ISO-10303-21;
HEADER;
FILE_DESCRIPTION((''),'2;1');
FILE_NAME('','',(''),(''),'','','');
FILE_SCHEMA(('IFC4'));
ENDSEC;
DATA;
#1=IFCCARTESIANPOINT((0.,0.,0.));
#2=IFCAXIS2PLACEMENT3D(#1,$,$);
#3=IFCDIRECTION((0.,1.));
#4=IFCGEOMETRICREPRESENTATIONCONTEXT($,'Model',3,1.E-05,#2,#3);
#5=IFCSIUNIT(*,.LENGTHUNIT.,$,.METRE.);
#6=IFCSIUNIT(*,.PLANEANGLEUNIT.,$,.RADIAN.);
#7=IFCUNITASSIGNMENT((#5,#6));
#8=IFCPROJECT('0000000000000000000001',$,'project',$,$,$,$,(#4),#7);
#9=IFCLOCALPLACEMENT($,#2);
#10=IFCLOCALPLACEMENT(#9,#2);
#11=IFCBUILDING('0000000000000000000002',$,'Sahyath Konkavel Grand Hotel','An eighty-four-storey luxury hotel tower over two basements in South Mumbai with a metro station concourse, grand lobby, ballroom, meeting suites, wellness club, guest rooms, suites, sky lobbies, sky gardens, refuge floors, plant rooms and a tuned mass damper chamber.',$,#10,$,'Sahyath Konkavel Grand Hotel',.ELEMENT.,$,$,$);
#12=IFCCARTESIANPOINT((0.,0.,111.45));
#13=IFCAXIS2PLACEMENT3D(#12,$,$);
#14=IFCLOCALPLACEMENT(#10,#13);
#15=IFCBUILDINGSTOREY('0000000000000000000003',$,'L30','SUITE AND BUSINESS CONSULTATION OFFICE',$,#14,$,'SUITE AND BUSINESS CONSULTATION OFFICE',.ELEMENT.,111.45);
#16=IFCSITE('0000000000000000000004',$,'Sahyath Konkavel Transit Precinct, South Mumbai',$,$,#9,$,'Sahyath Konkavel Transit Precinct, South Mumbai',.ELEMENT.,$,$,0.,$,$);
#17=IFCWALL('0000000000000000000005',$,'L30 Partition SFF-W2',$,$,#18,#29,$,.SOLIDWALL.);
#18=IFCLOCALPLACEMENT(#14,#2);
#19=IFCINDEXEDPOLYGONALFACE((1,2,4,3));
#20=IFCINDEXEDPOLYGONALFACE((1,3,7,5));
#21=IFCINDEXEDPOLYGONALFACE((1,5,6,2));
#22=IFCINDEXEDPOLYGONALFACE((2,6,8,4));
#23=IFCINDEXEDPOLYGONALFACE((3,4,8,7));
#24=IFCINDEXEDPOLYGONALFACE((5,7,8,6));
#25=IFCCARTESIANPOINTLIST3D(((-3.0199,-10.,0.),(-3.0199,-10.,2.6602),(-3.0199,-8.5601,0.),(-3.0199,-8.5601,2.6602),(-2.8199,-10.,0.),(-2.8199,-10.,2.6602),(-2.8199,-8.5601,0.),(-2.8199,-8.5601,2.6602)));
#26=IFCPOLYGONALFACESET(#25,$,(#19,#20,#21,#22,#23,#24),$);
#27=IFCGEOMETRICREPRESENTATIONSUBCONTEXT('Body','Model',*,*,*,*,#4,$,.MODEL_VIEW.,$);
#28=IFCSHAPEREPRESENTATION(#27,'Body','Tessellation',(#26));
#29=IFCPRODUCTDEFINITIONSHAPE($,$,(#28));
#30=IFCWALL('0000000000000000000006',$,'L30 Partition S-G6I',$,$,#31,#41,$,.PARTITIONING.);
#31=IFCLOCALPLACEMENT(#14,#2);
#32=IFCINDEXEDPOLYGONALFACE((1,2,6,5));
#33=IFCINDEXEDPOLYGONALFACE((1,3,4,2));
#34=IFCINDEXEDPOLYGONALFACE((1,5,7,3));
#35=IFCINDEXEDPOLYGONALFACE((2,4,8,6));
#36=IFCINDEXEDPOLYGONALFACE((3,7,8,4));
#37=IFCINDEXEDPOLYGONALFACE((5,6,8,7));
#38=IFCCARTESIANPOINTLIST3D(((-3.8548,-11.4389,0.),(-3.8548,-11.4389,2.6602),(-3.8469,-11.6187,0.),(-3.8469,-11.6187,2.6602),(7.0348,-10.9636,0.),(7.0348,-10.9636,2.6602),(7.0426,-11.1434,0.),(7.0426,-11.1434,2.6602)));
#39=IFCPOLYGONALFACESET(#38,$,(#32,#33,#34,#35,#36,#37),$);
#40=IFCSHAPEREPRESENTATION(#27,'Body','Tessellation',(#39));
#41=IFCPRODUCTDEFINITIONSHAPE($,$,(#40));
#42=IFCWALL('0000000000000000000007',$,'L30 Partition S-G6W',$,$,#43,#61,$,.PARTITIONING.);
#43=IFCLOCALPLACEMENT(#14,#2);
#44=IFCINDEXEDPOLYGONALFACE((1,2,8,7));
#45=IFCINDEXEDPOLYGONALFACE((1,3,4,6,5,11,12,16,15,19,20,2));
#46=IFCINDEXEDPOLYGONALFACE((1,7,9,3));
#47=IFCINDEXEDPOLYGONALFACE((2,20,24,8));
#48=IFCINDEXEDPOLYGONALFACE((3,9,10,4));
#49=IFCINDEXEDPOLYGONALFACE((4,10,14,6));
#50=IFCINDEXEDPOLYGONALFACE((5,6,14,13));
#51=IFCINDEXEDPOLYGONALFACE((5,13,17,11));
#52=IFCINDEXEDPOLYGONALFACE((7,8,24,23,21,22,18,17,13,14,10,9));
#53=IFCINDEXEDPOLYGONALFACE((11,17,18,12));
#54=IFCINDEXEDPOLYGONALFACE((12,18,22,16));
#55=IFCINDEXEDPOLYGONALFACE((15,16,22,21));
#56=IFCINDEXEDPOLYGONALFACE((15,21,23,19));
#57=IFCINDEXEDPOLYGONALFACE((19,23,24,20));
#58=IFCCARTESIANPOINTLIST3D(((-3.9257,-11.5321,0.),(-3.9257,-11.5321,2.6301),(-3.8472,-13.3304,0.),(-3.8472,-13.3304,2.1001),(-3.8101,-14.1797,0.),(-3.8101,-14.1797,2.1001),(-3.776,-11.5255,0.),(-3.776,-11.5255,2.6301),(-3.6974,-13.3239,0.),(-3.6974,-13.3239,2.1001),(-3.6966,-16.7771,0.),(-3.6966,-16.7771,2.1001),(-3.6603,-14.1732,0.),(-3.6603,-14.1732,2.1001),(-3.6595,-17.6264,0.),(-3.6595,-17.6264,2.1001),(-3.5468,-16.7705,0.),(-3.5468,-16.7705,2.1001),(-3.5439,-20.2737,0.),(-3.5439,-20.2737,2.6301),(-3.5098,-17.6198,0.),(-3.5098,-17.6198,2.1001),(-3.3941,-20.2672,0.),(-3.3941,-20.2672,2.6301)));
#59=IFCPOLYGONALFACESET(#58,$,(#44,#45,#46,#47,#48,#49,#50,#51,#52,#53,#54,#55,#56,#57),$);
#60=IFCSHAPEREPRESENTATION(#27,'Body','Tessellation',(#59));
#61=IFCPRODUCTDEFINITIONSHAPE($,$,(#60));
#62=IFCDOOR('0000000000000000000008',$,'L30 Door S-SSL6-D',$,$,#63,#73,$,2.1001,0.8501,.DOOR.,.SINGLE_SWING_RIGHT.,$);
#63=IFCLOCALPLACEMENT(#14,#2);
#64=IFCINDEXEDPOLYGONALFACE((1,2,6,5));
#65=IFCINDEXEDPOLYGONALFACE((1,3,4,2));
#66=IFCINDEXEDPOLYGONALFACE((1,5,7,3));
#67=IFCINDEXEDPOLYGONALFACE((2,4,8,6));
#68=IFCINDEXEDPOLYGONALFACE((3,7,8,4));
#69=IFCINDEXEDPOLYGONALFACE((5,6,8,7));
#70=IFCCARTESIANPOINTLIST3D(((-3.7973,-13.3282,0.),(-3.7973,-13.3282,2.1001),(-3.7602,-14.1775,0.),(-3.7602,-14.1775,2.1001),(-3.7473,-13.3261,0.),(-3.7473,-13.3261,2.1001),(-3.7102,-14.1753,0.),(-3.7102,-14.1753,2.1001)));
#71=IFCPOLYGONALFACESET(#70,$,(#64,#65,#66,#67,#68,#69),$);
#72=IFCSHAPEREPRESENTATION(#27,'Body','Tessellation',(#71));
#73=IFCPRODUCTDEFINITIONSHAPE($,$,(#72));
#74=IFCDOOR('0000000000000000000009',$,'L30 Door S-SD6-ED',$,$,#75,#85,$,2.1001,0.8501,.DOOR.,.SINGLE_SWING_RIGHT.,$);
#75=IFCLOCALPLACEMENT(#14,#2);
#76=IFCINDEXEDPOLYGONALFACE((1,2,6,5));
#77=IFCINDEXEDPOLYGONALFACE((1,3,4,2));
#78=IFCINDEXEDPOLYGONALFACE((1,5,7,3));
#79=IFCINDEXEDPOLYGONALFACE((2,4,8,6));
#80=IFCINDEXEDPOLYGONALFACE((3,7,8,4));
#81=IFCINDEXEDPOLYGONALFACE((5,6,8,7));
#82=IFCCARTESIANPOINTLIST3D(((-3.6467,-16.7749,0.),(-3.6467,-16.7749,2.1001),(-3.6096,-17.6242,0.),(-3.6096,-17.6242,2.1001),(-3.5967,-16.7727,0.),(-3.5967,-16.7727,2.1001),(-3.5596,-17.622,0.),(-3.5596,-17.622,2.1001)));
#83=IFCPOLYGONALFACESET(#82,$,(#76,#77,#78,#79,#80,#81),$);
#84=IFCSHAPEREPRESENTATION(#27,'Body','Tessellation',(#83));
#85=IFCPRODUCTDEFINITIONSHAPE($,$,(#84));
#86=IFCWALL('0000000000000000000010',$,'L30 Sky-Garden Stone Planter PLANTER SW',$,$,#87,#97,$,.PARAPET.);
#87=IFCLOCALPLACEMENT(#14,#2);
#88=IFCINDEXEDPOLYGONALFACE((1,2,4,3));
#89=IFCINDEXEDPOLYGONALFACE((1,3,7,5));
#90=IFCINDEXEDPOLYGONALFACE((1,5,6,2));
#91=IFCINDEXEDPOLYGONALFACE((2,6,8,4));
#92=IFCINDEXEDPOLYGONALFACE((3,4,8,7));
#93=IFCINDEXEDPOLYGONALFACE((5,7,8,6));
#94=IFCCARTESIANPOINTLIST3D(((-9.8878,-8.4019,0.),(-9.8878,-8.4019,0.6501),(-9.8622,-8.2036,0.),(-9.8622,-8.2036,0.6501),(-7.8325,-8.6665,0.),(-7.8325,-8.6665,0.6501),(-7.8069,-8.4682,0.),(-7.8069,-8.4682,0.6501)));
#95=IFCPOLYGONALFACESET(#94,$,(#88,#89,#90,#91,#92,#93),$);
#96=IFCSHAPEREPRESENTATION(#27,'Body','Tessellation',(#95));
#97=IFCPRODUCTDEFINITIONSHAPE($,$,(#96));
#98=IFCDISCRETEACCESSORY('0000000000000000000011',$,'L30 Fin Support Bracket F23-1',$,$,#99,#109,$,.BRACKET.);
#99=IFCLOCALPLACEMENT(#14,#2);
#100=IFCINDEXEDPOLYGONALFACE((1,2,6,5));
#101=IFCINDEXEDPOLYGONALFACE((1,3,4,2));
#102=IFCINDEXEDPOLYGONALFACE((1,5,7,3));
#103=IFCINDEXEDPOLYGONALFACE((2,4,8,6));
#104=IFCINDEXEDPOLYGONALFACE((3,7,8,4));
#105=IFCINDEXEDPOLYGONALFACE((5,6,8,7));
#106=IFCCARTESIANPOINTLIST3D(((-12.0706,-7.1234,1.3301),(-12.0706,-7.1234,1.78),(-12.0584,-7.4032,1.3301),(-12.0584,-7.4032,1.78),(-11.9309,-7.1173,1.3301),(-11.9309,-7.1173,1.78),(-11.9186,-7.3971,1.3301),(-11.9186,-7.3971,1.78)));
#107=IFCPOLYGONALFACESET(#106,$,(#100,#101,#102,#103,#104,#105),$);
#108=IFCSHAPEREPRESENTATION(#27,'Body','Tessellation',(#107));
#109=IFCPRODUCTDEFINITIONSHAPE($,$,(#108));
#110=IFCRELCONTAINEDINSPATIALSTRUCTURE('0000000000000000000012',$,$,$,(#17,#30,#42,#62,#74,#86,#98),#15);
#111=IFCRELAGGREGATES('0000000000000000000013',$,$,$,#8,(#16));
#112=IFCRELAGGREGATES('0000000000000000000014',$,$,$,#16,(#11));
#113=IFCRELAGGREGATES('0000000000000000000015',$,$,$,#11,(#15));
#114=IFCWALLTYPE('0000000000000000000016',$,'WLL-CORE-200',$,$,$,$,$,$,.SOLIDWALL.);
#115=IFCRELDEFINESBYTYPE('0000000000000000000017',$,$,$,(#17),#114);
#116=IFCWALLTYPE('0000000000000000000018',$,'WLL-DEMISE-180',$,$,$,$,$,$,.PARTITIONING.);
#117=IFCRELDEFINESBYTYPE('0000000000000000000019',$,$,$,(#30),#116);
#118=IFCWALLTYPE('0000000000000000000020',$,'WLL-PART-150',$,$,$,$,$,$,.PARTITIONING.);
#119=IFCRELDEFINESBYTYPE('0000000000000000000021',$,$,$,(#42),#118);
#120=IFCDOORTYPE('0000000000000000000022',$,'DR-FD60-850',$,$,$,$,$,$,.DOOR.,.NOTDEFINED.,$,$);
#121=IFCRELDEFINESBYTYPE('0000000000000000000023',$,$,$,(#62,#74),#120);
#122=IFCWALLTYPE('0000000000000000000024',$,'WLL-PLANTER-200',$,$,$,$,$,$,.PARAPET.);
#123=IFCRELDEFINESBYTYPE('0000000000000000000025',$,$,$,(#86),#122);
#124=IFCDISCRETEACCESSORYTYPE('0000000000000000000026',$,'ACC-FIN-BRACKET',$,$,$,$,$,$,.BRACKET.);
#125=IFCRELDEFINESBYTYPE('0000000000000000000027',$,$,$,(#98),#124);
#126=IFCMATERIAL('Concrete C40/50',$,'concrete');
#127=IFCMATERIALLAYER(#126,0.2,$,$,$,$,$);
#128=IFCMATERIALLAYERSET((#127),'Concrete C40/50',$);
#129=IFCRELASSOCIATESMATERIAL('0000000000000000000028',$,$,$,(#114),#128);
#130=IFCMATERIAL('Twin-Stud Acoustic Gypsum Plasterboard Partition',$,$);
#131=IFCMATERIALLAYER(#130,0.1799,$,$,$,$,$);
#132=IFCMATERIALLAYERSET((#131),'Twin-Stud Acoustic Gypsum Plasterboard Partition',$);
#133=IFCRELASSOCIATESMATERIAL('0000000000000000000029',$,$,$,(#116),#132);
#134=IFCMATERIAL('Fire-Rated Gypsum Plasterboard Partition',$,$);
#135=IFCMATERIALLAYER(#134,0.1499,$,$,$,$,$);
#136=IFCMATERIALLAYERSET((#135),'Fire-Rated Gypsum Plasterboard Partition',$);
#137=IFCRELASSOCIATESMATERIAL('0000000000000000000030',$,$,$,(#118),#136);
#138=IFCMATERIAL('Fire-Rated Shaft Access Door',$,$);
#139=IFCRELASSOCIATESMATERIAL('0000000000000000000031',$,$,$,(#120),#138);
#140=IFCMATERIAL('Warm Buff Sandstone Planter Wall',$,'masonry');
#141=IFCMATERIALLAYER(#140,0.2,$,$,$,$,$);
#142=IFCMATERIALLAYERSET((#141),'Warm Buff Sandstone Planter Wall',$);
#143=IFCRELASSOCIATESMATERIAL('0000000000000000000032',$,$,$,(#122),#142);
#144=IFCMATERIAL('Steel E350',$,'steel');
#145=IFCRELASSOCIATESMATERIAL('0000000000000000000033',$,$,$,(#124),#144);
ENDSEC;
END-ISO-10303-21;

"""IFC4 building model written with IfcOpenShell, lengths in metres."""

from ifc_helpers import new_model, si_unit, direction, frame, frame_2d, origin, origin_2d, place, context, subcontext, project, spatial, rectangle, extrude, source, transform, mapped, material, layer, layer_set, type_object, element, fill, save


model = new_model("IFC4")

# Units and contexts
model_context = context("Model", 3, precision=1e-05, world=origin(), true_north=direction((0.0, 1.0)))
body_context = subcontext(model_context, "Body", "Model", "MODEL_VIEW")
ifc_project = project(units=[si_unit("LENGTHUNIT", "METRE"), si_unit("PLANEANGLEUNIT", "RADIAN")], contexts=[model_context])

# Site, building, storey
site_placement = place(None, origin())
site = spatial("IfcSite", under=ifc_project, at=site_placement, Name="Sahyath Konkavel Transit Precinct, South Mumbai", LongName="Sahyath Konkavel Transit Precinct, South Mumbai", CompositionType="ELEMENT", RefElevation=0.0)
building_placement = place(site_placement, origin())
building = spatial("IfcBuilding", under=site, at=building_placement, Name="Sahyath Konkavel Grand Hotel", Description="An eighty-four-storey luxury hotel tower over two basements in South Mumbai with a metro station concourse, grand lobby, ballroom, meeting suites, wellness club, guest rooms, suites, sky lobbies, sky gardens, refuge floors, plant rooms and a tuned mass damper chamber.", LongName="Sahyath Konkavel Grand Hotel", CompositionType="ELEMENT")
storey_placement = place(building_placement, frame((0.0, 0.0, 111.45)))
storey = spatial("IfcBuildingStorey", under=building, at=storey_placement, Name="L30", Description="SUITE AND BUSINESS CONSULTATION OFFICE", LongName="SUITE AND BUSINESS CONSULTATION OFFICE", CompositionType="ELEMENT", Elevation=111.45)

# Shared definitions
ifc_material_1 = material(Name="Steel E350", Category="steel")

# Shared definitions
ifc_material_2 = material(Name="Concrete C40/50", Category="concrete")
ifc_layer_1 = layer(ifc_material_2, 0.2)
ifc_layer_set_1 = layer_set([ifc_layer_1], Name="Concrete C40/50")
wall_type_1 = type_object("IfcWallType", Name="WLL-CORE-200", PredefinedType="SOLIDWALL", material=ifc_layer_set_1)

# Walls
wall_1_placement = place(storey_placement, frame((-2.9199, -10.0, 0.0), z_axis=(0.0, 0.0, 1.0), x_axis=(0.0, 1.0, 0.0)))
element("IfcWall", 1, at=wall_1_placement, inside=storey, type_object=wall_type_1, Name="L30 Partition SFF-W2", PredefinedType="SOLIDWALL", context=body_context, shape_type="SweptSolid", body=[
    extrude(rectangle(XDim=1.4399, YDim=0.2, at=frame_2d((0.72, 0.0))), origin(), (0.0, 0.0, 1.0), 2.6602),
])
ifc_material_3 = material(Name="Twin-Stud Acoustic Gypsum Plasterboard Partition")
ifc_layer_2 = layer(ifc_material_3, 0.1799)
ifc_layer_set_2 = layer_set([ifc_layer_2], Name="Twin-Stud Acoustic Gypsum Plasterboard Partition")
wall_type_2 = type_object("IfcWallType", Name="WLL-DEMISE-180", PredefinedType="PARTITIONING", material=ifc_layer_set_2)
wall_2_placement = place(storey_placement, frame((-3.8508, -11.5288, 0.0), z_axis=(0.0, 0.0, 1.0), x_axis=(0.999049, 0.043609, 0.0)))
element("IfcWall", 2, at=wall_2_placement, inside=storey, type_object=wall_type_2, Name="L30 Partition S-G6I", PredefinedType="PARTITIONING", context=body_context, shape_type="SweptSolid", body=[
    extrude(rectangle(XDim=10.8999, YDim=0.1799, at=frame_2d((5.45, 0.0))), origin(), (0.0, 0.0, 1.0), 2.6602),
])

# Wall, openings, doors
ifc_material_4 = material(Name="Fire-Rated Gypsum Plasterboard Partition")
ifc_layer_3 = layer(ifc_material_4, 0.1499)
ifc_layer_set_3 = layer_set([ifc_layer_3], Name="Fire-Rated Gypsum Plasterboard Partition")
wall_type_3 = type_object("IfcWallType", Name="WLL-PART-150", PredefinedType="PARTITIONING", material=ifc_layer_set_3)
wall_3_placement = place(storey_placement, frame((-3.8508, -11.5288, 0.0), z_axis=(0.0, 0.0, 1.0), x_axis=(0.043638, -0.999047, 0.0)))
wall_3 = element("IfcWall", 3, at=wall_3_placement, inside=storey, type_object=wall_type_3, Name="L30 Partition S-G6W", PredefinedType="PARTITIONING", context=body_context, shape_type="SweptSolid", body=[
    extrude(rectangle(XDim=8.75, YDim=0.1499, at=frame_2d((4.375, 0.0))), origin(), (0.0, 0.0, 1.0), 2.6301),
])
opening_1_placement = place(wall_3_placement, frame((1.8, 0.0, 0.0)))
opening_1 = element("IfcOpeningElement", 4, at=opening_1_placement, cuts=wall_3, PredefinedType="OPENING", context=body_context, shape_type="SweptSolid", body=[
    extrude(rectangle(XDim=0.8501, YDim=2.1001, at=frame_2d((0.425, 1.05))), frame((0.0, 0.085, 0.0), z_axis=(0.0, -1.0, 0.0), x_axis=(1.0, 0.0, 0.0)), (0.0, 0.0, 1.0), 0.1699),
])
opening_2_placement = place(wall_3_placement, frame((5.25, 0.0, 0.0)))
opening_2 = element("IfcOpeningElement", 5, at=opening_2_placement, cuts=wall_3, PredefinedType="OPENING", context=body_context, shape_type="SweptSolid", body=[
    extrude(rectangle(XDim=0.8501, YDim=2.1001, at=frame_2d((0.425, 1.05))), frame((0.0, 0.085, 0.0), z_axis=(0.0, -1.0, 0.0), x_axis=(1.0, 0.0, 0.0)), (0.0, 0.0, 1.0), 0.1699),
])
ifc_material_5 = material(Name="Fire-Rated Shaft Access Door")
door_type_1 = type_object("IfcDoorType", Name="DR-FD60-850", OperationType="NOTDEFINED", PredefinedType="DOOR", material=ifc_material_5)
shared_shape_1 = source(origin(), body_context, "Body", "SweptSolid", [
    extrude(rectangle(XDim=0.8501, YDim=0.05, at=origin_2d()), origin(), (0.0, 0.0, 1.0), 2.1001),
])
door_1_placement = place(opening_1_placement, frame((0.425, 0.0, 0.0)))
door_1 = element("IfcDoor", 6, at=door_1_placement, inside=storey, type_object=door_type_1, Name="L30 Door S-SSL6-D", OperationType="SINGLE_SWING_RIGHT", OverallHeight=2.1001, OverallWidth=0.8501, PredefinedType="DOOR", context=body_context, shape_type="MappedRepresentation", body=[
    mapped(shared_shape_1, transform((0.0, 0.0, 0.0), scale=1.0)),
])
fill(opening_1, door_1)
door_2_placement = place(opening_2_placement, frame((0.425, 0.0, 0.0)))
door_2 = element("IfcDoor", 7, at=door_2_placement, inside=storey, type_object=door_type_1, Name="L30 Door S-SD6-ED", OperationType="SINGLE_SWING_RIGHT", OverallHeight=2.1001, OverallWidth=0.8501, PredefinedType="DOOR", context=body_context, shape_type="MappedRepresentation", body=[
    mapped(shared_shape_1, transform((0.0, 0.0, 0.0), scale=1.0)),
])
fill(opening_2, door_2)

# Wall
ifc_material_6 = material(Name="Warm Buff Sandstone Planter Wall", Category="masonry")
ifc_layer_4 = layer(ifc_material_6, 0.2)
ifc_layer_set_4 = layer_set([ifc_layer_4], Name="Warm Buff Sandstone Planter Wall")
wall_type_4 = type_object("IfcWallType", Name="WLL-PLANTER-200", PredefinedType="PARAPET", material=ifc_layer_set_4)
wall_4_placement = place(storey_placement, frame((-9.875, -8.3027, 0.0), z_axis=(0.0, 0.0, 1.0), x_axis=(0.991813, -0.127702, 0.0)))
element("IfcWall", 8, at=wall_4_placement, inside=storey, type_object=wall_type_4, Name="L30 Sky-Garden Stone Planter PLANTER SW", PredefinedType="PARAPET", context=body_context, shape_type="SweptSolid", body=[
    extrude(rectangle(XDim=2.0723, YDim=0.2, at=frame_2d((1.0361, 0.0))), origin(), (0.0, 0.0, 1.0), 0.6501),
])

# Discrete accessory
discrete_accessory_type = type_object("IfcDiscreteAccessoryType", Name="ACC-FIN-BRACKET", PredefinedType="BRACKET", material=ifc_material_1)
shared_shape_2 = source(origin(), body_context, "Body", "SweptSolid", [
    extrude(rectangle(XDim=0.28, YDim=0.1399, at=origin_2d()), origin(), (0.0, 0.0, 1.0), 0.45),
])
discrete_accessory_placement = place(storey_placement, frame((-11.9946, -7.2603, 1.3301), z_axis=(0.0, 0.0, 1.0), x_axis=(0.043619, -0.999048, 0.0)))
element("IfcDiscreteAccessory", 9, at=discrete_accessory_placement, inside=storey, type_object=discrete_accessory_type, Name="L30 Fin Support Bracket F23-1", PredefinedType="BRACKET", context=body_context, shape_type="MappedRepresentation", body=[
    mapped(shared_shape_2, transform((0.0, 0.0, 0.0), scale=1.0)),
])

save(model, "model.ifc")
